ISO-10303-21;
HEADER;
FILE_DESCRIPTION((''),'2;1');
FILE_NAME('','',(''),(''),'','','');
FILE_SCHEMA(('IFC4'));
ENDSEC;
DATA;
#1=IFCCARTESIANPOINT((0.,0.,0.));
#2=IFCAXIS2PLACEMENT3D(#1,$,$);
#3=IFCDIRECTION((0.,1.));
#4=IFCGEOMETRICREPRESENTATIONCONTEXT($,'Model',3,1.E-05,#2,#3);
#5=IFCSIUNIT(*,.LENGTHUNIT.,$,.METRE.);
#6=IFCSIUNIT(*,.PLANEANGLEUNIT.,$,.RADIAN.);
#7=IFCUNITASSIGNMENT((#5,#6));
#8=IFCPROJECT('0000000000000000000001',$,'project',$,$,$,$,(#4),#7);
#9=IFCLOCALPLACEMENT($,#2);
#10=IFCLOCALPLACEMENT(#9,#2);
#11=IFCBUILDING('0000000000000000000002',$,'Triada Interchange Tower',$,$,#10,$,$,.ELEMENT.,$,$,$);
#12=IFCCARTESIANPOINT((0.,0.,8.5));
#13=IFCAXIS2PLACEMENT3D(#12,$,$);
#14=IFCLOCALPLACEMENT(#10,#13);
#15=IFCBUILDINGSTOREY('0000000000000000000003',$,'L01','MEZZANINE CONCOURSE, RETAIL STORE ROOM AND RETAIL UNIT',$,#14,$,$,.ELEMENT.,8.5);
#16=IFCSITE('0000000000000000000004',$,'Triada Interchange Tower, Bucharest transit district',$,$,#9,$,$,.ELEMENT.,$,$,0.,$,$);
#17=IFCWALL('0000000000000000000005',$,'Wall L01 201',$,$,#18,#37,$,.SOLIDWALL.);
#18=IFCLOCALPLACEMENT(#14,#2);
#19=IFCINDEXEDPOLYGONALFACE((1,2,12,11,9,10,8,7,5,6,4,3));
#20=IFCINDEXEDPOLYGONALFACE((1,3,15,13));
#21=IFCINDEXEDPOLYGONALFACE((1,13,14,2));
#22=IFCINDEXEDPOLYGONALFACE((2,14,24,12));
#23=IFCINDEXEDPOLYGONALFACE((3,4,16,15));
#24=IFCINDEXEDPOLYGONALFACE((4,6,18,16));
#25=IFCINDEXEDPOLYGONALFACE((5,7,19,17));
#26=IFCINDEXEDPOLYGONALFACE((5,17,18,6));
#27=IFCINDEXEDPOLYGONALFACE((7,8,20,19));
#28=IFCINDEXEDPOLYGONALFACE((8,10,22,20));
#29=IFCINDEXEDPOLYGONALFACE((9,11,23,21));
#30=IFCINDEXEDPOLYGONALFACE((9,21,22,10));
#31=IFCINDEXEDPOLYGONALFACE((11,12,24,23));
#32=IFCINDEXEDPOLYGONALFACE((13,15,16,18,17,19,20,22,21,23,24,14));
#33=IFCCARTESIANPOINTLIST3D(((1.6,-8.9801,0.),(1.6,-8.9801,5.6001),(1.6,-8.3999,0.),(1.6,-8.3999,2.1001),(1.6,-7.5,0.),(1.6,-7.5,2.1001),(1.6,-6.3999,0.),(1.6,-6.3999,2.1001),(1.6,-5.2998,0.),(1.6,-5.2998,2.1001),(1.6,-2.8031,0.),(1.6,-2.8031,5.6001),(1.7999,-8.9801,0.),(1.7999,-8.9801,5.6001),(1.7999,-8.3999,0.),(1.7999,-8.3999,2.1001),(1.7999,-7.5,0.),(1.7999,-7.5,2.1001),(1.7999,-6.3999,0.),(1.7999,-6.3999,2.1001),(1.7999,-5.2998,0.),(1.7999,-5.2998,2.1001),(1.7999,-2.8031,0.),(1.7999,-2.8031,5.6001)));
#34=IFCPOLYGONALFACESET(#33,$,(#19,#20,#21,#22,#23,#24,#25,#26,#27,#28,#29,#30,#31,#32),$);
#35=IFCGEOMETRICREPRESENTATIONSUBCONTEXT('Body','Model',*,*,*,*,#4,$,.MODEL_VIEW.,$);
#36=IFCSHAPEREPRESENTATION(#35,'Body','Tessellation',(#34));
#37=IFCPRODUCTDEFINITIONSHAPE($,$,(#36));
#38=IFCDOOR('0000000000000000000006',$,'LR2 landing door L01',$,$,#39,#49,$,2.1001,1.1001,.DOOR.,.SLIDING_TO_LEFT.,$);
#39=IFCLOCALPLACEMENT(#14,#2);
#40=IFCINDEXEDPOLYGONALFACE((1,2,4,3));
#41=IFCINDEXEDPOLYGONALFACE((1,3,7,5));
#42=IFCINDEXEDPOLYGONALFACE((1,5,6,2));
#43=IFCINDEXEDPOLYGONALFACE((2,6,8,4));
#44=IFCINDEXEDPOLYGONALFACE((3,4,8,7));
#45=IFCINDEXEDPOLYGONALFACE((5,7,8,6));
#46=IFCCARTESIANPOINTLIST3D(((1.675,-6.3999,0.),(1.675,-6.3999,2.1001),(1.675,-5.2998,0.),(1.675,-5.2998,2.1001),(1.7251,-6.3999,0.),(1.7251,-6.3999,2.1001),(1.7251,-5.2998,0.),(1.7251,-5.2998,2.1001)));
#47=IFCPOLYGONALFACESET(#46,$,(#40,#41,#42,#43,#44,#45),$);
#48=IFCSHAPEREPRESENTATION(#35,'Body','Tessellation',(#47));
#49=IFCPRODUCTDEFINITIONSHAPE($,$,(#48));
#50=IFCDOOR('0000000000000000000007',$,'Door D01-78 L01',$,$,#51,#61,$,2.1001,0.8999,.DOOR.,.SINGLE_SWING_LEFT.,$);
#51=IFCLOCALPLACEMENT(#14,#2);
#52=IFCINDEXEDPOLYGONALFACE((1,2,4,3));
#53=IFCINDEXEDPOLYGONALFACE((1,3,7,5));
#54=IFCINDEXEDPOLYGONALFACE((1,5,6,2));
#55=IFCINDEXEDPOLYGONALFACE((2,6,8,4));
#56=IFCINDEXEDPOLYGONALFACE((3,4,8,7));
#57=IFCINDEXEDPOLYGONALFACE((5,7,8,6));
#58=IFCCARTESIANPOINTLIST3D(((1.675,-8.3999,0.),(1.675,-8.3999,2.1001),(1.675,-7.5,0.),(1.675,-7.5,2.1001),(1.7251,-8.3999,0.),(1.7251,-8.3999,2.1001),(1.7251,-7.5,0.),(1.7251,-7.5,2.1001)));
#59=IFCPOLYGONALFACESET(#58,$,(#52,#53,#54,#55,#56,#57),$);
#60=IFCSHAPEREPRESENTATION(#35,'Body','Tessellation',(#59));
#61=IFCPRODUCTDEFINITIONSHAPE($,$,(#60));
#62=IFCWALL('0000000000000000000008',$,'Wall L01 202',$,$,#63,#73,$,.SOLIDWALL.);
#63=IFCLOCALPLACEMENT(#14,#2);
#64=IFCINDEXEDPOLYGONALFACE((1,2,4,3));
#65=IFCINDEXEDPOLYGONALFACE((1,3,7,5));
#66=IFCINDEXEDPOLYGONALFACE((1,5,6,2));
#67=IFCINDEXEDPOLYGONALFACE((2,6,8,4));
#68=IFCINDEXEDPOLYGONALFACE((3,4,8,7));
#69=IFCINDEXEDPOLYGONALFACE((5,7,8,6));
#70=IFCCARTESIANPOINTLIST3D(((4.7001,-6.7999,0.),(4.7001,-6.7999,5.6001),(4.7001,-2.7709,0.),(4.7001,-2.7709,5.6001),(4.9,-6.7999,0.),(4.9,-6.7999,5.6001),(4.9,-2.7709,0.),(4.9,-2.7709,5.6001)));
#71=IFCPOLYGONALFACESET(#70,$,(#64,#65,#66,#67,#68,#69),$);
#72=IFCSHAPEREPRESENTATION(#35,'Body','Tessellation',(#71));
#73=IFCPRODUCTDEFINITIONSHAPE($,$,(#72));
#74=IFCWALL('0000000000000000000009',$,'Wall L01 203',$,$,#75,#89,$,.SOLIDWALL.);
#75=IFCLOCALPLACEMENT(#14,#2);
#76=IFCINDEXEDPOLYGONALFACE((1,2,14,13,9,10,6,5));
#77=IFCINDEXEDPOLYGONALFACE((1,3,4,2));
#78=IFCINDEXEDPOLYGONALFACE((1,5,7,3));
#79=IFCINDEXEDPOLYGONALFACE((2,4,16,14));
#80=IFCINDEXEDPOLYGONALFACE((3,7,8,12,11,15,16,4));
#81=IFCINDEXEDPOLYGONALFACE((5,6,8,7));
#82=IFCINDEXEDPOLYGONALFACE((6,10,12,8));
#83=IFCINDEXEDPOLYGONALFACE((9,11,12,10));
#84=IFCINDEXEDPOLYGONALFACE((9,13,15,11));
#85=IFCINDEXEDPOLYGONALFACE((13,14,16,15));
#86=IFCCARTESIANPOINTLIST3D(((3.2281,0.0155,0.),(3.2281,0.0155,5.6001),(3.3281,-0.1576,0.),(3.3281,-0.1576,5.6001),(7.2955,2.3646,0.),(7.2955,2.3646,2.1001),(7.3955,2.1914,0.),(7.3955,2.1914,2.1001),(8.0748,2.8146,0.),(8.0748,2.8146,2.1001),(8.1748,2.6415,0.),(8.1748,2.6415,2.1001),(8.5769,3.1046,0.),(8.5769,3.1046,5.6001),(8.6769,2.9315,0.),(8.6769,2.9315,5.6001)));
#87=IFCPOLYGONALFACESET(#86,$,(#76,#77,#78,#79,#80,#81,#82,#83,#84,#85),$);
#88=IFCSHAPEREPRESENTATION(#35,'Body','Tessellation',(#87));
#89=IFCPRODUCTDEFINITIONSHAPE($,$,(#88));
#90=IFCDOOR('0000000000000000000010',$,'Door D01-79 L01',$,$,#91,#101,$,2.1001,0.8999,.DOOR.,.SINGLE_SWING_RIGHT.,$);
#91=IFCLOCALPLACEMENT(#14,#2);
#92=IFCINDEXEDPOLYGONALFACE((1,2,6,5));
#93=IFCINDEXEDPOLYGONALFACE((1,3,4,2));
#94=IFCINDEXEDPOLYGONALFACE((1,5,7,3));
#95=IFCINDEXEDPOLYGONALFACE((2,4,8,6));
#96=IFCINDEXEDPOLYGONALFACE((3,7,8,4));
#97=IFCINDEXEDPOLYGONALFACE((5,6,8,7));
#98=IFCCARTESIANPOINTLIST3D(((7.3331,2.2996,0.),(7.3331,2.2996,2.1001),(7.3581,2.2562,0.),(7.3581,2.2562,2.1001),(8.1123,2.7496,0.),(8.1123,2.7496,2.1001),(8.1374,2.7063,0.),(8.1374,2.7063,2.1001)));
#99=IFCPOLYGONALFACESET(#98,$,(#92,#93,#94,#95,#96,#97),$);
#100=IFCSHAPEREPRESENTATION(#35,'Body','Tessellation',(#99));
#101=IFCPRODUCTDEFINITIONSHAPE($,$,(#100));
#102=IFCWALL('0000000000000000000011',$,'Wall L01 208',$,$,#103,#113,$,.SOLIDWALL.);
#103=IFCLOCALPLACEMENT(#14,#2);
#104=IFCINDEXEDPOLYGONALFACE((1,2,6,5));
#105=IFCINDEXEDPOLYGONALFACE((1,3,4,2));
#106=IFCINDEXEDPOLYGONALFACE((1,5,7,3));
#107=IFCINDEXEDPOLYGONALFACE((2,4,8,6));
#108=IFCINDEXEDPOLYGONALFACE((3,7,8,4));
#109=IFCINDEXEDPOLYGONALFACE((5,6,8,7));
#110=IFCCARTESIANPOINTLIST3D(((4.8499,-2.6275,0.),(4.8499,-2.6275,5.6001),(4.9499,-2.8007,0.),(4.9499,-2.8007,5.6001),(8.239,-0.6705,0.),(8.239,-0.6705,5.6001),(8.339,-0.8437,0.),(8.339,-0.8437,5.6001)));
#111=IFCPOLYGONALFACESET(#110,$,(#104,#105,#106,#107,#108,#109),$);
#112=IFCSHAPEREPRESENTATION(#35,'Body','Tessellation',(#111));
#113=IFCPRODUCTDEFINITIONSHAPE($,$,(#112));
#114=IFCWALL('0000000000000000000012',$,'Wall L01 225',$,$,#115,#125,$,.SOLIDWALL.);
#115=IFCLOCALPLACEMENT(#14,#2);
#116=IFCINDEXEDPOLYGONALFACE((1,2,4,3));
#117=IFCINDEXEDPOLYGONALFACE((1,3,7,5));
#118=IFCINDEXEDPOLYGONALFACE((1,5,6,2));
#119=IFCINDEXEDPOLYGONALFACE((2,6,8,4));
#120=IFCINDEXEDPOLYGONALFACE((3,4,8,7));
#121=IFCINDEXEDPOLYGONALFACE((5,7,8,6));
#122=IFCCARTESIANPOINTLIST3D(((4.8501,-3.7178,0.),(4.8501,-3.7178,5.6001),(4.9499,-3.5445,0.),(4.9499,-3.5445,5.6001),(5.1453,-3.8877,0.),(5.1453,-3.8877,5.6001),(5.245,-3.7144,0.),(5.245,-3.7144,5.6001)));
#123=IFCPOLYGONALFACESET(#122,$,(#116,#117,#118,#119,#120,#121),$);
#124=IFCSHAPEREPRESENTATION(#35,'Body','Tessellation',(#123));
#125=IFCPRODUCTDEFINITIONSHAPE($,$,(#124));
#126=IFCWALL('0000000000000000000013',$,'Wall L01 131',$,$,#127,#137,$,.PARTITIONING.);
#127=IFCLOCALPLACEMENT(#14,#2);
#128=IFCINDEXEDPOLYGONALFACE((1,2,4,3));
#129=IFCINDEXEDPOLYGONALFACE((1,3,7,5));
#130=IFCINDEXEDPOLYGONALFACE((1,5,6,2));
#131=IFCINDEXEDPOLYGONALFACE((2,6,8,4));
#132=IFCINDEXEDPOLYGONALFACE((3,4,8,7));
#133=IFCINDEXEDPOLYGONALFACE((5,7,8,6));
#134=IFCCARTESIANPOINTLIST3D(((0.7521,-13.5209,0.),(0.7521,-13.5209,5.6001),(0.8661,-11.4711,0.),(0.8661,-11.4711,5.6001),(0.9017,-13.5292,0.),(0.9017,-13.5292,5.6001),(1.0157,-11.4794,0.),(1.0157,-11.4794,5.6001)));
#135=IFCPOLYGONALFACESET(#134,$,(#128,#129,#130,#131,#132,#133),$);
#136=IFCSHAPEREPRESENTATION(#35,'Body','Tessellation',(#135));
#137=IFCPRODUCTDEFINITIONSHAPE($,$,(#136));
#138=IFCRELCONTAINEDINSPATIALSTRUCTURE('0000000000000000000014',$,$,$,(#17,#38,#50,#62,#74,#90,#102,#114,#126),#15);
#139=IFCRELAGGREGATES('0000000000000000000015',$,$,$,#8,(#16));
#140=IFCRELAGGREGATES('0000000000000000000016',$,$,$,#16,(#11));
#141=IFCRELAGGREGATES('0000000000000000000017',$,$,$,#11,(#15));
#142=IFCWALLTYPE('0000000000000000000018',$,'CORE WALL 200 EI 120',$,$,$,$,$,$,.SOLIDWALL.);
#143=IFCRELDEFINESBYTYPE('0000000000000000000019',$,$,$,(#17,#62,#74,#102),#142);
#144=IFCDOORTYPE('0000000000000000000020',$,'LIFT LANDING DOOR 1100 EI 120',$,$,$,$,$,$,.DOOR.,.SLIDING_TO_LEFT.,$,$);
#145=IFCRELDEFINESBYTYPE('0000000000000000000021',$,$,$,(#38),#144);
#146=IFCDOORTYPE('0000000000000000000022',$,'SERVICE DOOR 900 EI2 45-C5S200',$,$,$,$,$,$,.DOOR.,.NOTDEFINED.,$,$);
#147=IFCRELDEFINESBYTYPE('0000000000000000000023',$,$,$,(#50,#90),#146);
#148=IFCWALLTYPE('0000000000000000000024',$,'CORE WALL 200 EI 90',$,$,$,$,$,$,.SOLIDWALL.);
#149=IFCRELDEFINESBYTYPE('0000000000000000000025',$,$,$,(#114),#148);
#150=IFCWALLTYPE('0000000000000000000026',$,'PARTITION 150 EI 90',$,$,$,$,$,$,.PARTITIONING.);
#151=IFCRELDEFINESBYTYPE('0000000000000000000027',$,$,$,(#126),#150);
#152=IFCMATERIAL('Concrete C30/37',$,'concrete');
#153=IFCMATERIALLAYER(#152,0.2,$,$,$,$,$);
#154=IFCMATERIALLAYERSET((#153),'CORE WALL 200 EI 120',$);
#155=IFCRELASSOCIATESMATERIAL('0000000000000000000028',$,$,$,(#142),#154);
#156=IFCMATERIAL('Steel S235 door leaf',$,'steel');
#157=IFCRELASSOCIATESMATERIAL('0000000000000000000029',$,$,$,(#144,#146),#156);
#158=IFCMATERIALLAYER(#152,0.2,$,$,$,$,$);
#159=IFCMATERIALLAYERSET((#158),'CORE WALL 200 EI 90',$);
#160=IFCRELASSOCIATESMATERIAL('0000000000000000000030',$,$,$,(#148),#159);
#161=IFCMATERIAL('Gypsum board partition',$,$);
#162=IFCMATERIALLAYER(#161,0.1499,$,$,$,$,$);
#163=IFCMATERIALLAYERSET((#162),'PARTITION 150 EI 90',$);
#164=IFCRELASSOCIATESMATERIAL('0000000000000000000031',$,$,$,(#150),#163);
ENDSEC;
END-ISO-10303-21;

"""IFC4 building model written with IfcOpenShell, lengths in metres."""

from ifc_helpers import new_model, si_unit, direction, frame, frame_2d, origin, place, context, subcontext, project, spatial, rectangle, extrude, material, layer, layer_set, type_object, element, fill, save


model = new_model("IFC4")

# Units and contexts
model_context = context("Model", 3, precision=1e-05, world=origin(), true_north=direction((0.0, 1.0)))
body_context = subcontext(model_context, "Body", "Model", "MODEL_VIEW")
ifc_project = project(units=[si_unit("LENGTHUNIT", "METRE"), si_unit("PLANEANGLEUNIT", "RADIAN")], contexts=[model_context])

# Site, building, storey
site_placement = place(None, origin())
site = spatial("IfcSite", under=ifc_project, at=site_placement, Name="Triada Interchange Tower, Bucharest transit district", CompositionType="ELEMENT", RefElevation=0.0)
building_placement = place(site_placement, origin())
building = spatial("IfcBuilding", under=site, at=building_placement, Name="Triada Interchange Tower", CompositionType="ELEMENT")
storey_placement = place(building_placement, frame((0.0, 0.0, 8.5)))
storey = spatial("IfcBuildingStorey", under=building, at=storey_placement, Name="L01", Description="MEZZANINE CONCOURSE, RETAIL STORE ROOM AND RETAIL UNIT", CompositionType="ELEMENT", Elevation=8.5)

# Shared definitions
ifc_material_1 = material(Name="Concrete C30/37", Category="concrete")
ifc_layer_1 = layer(ifc_material_1, 0.2)
ifc_layer_set_1 = layer_set([ifc_layer_1], Name="CORE WALL 200 EI 120")
wall_type_1 = type_object("IfcWallType", Name="CORE WALL 200 EI 120", PredefinedType="SOLIDWALL", material=ifc_layer_set_1)

# Shared definitions
ifc_material_2 = material(Name="Steel S235 door leaf", Category="steel")
door_type_1 = type_object("IfcDoorType", Name="LIFT LANDING DOOR 1100 EI 120", OperationType="SLIDING_TO_LEFT", PredefinedType="DOOR", material=ifc_material_2)

# Wall, openings, doors
wall_1_placement = place(storey_placement, frame((1.7, -8.98, 0.0), z_axis=(0.0, 0.0, 1.0), x_axis=(0.0, 1.0, 0.0)))
wall_1 = element("IfcWall", 1, at=wall_1_placement, inside=storey, type_object=wall_type_1, Name="Wall L01 201", PredefinedType="SOLIDWALL", context=body_context, shape_type="SweptSolid", body=[
    extrude(rectangle(XDim=6.177, YDim=0.2, at=frame_2d((3.0884, 0.0))), origin(), (0.0, 0.0, 1.0), 5.6001),
])
opening_1_placement = place(wall_1_placement, frame((2.5801, 0.0, 0.0)))
opening_1 = element("IfcOpeningElement", 2, at=opening_1_placement, cuts=wall_1, PredefinedType="OPENING", context=body_context, shape_type="SweptSolid", body=[
    extrude(rectangle(XDim=1.1001, YDim=2.1001, at=frame_2d((0.55, 1.05))), frame((0.0, 0.1099, 0.0), z_axis=(0.0, -1.0, 0.0), x_axis=(1.0, 0.0, 0.0)), (0.0, 0.0, 1.0), 0.22),
])
opening_2_placement = place(wall_1_placement, frame((0.5801, 0.0, 0.0)))
opening_2 = element("IfcOpeningElement", 3, at=opening_2_placement, cuts=wall_1, PredefinedType="OPENING", context=body_context, shape_type="SweptSolid", body=[
    extrude(rectangle(XDim=0.8999, YDim=2.1001, at=frame_2d((0.45, 1.05))), frame((0.0, 0.1099, 0.0), z_axis=(0.0, -1.0, 0.0), x_axis=(1.0, 0.0, 0.0)), (0.0, 0.0, 1.0), 0.22),
])
door_1_placement = place(opening_1_placement, origin())
door_1 = element("IfcDoor", 4, at=door_1_placement, inside=storey, type_object=door_type_1, Name="LR2 landing door L01", OperationType="SLIDING_TO_LEFT", OverallHeight=2.1001, OverallWidth=1.1001, PredefinedType="DOOR", context=body_context, shape_type="SweptSolid", body=[
    extrude(rectangle(XDim=1.1001, YDim=2.1001, at=frame_2d((0.55, 1.05))), frame((0.0, 0.0249, 0.0), z_axis=(0.0, -1.0, 0.0), x_axis=(1.0, 0.0, 0.0)), (0.0, 0.0, 1.0), 0.05),
])
fill(opening_1, door_1)
door_type_2 = type_object("IfcDoorType", Name="SERVICE DOOR 900 EI2 45-C5S200", OperationType="NOTDEFINED", PredefinedType="DOOR", material=ifc_material_2)
door_2_placement = place(opening_2_placement, origin())
door_2 = element("IfcDoor", 5, at=door_2_placement, inside=storey, type_object=door_type_2, Name="Door D01-78 L01", OperationType="SINGLE_SWING_LEFT", OverallHeight=2.1001, OverallWidth=0.8999, PredefinedType="DOOR", context=body_context, shape_type="SweptSolid", body=[
    extrude(rectangle(XDim=0.8999, YDim=2.1001, at=frame_2d((0.45, 1.05))), frame((0.0, 0.0249, 0.0), z_axis=(0.0, -1.0, 0.0), x_axis=(1.0, 0.0, 0.0)), (0.0, 0.0, 1.0), 0.05),
])
fill(opening_2, door_2)

# Wall
wall_2_placement = place(storey_placement, frame((4.8, -6.8, 0.0), z_axis=(0.0, 0.0, 1.0), x_axis=(0.0, 1.0, 0.0)))
element("IfcWall", 6, at=wall_2_placement, inside=storey, type_object=wall_type_1, Name="Wall L01 202", PredefinedType="SOLIDWALL", context=body_context, shape_type="SweptSolid", body=[
    extrude(rectangle(XDim=4.0291, YDim=0.2, at=frame_2d((2.0146, 0.0))), origin(), (0.0, 0.0, 1.0), 5.6001),
])

# Wall, opening, door
wall_3_placement = place(storey_placement, frame((3.2781, -0.071, 0.0), z_axis=(0.0, 0.0, 1.0), x_axis=(0.86596, 0.500114, 0.0)))
wall_3 = element("IfcWall", 7, at=wall_3_placement, inside=storey, type_object=wall_type_1, Name="Wall L01 203", PredefinedType="SOLIDWALL", context=body_context, shape_type="SweptSolid", body=[
    extrude(rectangle(XDim=6.1768, YDim=0.2, at=frame_2d((3.0884, 0.0))), origin(), (0.0, 0.0, 1.0), 5.6001),
])
opening_3_placement = place(wall_3_placement, frame((4.697, 0.0, 0.0)))
opening_3 = element("IfcOpeningElement", 8, at=opening_3_placement, cuts=wall_3, PredefinedType="OPENING", context=body_context, shape_type="SweptSolid", body=[
    extrude(rectangle(XDim=0.8999, YDim=2.1001, at=frame_2d((0.45, 1.05))), frame((0.0, 0.1099, 0.0), z_axis=(0.0, -1.0, 0.0), x_axis=(1.0, 0.0, 0.0)), (0.0, 0.0, 1.0), 0.22),
])
door_3_placement = place(opening_3_placement, origin())
door_3 = element("IfcDoor", 9, at=door_3_placement, inside=storey, type_object=door_type_2, Name="Door D01-79 L01", OperationType="SINGLE_SWING_RIGHT", OverallHeight=2.1001, OverallWidth=0.8999, PredefinedType="DOOR", context=body_context, shape_type="SweptSolid", body=[
    extrude(rectangle(XDim=0.8999, YDim=2.1001, at=frame_2d((0.45, 1.05))), frame((0.0, 0.0249, 0.0), z_axis=(0.0, -1.0, 0.0), x_axis=(1.0, 0.0, 0.0)), (0.0, 0.0, 1.0), 0.05),
])
fill(opening_3, door_3)

# Walls
wall_4_placement = place(storey_placement, frame((4.8999, -2.7141, 0.0), z_axis=(0.0, 0.0, 1.0), x_axis=(0.865992, 0.500057, 0.0)))
element("IfcWall", 10, at=wall_4_placement, inside=storey, type_object=wall_type_1, Name="Wall L01 208", PredefinedType="SOLIDWALL", context=body_context, shape_type="SweptSolid", body=[
    extrude(rectangle(XDim=3.9136, YDim=0.2, at=frame_2d((1.9568, 0.0))), origin(), (0.0, 0.0, 1.0), 5.6001),
])
ifc_layer_2 = layer(ifc_material_1, 0.2)
ifc_layer_set_2 = layer_set([ifc_layer_2], Name="CORE WALL 200 EI 90")
wall_type_2 = type_object("IfcWallType", Name="CORE WALL 200 EI 90", PredefinedType="SOLIDWALL", material=ifc_layer_set_2)
wall_5_placement = place(storey_placement, frame((4.8999, -3.6311, 0.0), z_axis=(0.0, 0.0, 1.0), x_axis=(0.866651, -0.498916, 0.0)))
element("IfcWall", 11, at=wall_5_placement, inside=storey, type_object=wall_type_2, Name="Wall L01 225", PredefinedType="SOLIDWALL", context=body_context, shape_type="SweptSolid", body=[
    extrude(rectangle(XDim=0.3406, YDim=0.2, at=frame_2d((0.1704, 0.0))), origin(), (0.0, 0.0, 1.0), 5.6001),
])
ifc_material_3 = material(Name="Gypsum board partition")
ifc_layer_3 = layer(ifc_material_3, 0.1499)
ifc_layer_set_3 = layer_set([ifc_layer_3], Name="PARTITION 150 EI 90")
wall_type_3 = type_object("IfcWallType", Name="PARTITION 150 EI 90", PredefinedType="PARTITIONING", material=ifc_layer_set_3)
wall_6_placement = place(storey_placement, frame((0.8269, -13.5249, 0.0), z_axis=(0.0, 0.0, 1.0), x_axis=(0.055536, 0.998457, 0.0)))
element("IfcWall", 12, at=wall_6_placement, inside=storey, type_object=wall_type_3, Name="Wall L01 131", PredefinedType="PARTITIONING", context=body_context, shape_type="SweptSolid", body=[
    extrude(rectangle(XDim=2.053, YDim=0.1499, at=frame_2d((1.0264, 0.0))), origin(), (0.0, 0.0, 1.0), 5.6001),
])

save(model, "model.ifc")
